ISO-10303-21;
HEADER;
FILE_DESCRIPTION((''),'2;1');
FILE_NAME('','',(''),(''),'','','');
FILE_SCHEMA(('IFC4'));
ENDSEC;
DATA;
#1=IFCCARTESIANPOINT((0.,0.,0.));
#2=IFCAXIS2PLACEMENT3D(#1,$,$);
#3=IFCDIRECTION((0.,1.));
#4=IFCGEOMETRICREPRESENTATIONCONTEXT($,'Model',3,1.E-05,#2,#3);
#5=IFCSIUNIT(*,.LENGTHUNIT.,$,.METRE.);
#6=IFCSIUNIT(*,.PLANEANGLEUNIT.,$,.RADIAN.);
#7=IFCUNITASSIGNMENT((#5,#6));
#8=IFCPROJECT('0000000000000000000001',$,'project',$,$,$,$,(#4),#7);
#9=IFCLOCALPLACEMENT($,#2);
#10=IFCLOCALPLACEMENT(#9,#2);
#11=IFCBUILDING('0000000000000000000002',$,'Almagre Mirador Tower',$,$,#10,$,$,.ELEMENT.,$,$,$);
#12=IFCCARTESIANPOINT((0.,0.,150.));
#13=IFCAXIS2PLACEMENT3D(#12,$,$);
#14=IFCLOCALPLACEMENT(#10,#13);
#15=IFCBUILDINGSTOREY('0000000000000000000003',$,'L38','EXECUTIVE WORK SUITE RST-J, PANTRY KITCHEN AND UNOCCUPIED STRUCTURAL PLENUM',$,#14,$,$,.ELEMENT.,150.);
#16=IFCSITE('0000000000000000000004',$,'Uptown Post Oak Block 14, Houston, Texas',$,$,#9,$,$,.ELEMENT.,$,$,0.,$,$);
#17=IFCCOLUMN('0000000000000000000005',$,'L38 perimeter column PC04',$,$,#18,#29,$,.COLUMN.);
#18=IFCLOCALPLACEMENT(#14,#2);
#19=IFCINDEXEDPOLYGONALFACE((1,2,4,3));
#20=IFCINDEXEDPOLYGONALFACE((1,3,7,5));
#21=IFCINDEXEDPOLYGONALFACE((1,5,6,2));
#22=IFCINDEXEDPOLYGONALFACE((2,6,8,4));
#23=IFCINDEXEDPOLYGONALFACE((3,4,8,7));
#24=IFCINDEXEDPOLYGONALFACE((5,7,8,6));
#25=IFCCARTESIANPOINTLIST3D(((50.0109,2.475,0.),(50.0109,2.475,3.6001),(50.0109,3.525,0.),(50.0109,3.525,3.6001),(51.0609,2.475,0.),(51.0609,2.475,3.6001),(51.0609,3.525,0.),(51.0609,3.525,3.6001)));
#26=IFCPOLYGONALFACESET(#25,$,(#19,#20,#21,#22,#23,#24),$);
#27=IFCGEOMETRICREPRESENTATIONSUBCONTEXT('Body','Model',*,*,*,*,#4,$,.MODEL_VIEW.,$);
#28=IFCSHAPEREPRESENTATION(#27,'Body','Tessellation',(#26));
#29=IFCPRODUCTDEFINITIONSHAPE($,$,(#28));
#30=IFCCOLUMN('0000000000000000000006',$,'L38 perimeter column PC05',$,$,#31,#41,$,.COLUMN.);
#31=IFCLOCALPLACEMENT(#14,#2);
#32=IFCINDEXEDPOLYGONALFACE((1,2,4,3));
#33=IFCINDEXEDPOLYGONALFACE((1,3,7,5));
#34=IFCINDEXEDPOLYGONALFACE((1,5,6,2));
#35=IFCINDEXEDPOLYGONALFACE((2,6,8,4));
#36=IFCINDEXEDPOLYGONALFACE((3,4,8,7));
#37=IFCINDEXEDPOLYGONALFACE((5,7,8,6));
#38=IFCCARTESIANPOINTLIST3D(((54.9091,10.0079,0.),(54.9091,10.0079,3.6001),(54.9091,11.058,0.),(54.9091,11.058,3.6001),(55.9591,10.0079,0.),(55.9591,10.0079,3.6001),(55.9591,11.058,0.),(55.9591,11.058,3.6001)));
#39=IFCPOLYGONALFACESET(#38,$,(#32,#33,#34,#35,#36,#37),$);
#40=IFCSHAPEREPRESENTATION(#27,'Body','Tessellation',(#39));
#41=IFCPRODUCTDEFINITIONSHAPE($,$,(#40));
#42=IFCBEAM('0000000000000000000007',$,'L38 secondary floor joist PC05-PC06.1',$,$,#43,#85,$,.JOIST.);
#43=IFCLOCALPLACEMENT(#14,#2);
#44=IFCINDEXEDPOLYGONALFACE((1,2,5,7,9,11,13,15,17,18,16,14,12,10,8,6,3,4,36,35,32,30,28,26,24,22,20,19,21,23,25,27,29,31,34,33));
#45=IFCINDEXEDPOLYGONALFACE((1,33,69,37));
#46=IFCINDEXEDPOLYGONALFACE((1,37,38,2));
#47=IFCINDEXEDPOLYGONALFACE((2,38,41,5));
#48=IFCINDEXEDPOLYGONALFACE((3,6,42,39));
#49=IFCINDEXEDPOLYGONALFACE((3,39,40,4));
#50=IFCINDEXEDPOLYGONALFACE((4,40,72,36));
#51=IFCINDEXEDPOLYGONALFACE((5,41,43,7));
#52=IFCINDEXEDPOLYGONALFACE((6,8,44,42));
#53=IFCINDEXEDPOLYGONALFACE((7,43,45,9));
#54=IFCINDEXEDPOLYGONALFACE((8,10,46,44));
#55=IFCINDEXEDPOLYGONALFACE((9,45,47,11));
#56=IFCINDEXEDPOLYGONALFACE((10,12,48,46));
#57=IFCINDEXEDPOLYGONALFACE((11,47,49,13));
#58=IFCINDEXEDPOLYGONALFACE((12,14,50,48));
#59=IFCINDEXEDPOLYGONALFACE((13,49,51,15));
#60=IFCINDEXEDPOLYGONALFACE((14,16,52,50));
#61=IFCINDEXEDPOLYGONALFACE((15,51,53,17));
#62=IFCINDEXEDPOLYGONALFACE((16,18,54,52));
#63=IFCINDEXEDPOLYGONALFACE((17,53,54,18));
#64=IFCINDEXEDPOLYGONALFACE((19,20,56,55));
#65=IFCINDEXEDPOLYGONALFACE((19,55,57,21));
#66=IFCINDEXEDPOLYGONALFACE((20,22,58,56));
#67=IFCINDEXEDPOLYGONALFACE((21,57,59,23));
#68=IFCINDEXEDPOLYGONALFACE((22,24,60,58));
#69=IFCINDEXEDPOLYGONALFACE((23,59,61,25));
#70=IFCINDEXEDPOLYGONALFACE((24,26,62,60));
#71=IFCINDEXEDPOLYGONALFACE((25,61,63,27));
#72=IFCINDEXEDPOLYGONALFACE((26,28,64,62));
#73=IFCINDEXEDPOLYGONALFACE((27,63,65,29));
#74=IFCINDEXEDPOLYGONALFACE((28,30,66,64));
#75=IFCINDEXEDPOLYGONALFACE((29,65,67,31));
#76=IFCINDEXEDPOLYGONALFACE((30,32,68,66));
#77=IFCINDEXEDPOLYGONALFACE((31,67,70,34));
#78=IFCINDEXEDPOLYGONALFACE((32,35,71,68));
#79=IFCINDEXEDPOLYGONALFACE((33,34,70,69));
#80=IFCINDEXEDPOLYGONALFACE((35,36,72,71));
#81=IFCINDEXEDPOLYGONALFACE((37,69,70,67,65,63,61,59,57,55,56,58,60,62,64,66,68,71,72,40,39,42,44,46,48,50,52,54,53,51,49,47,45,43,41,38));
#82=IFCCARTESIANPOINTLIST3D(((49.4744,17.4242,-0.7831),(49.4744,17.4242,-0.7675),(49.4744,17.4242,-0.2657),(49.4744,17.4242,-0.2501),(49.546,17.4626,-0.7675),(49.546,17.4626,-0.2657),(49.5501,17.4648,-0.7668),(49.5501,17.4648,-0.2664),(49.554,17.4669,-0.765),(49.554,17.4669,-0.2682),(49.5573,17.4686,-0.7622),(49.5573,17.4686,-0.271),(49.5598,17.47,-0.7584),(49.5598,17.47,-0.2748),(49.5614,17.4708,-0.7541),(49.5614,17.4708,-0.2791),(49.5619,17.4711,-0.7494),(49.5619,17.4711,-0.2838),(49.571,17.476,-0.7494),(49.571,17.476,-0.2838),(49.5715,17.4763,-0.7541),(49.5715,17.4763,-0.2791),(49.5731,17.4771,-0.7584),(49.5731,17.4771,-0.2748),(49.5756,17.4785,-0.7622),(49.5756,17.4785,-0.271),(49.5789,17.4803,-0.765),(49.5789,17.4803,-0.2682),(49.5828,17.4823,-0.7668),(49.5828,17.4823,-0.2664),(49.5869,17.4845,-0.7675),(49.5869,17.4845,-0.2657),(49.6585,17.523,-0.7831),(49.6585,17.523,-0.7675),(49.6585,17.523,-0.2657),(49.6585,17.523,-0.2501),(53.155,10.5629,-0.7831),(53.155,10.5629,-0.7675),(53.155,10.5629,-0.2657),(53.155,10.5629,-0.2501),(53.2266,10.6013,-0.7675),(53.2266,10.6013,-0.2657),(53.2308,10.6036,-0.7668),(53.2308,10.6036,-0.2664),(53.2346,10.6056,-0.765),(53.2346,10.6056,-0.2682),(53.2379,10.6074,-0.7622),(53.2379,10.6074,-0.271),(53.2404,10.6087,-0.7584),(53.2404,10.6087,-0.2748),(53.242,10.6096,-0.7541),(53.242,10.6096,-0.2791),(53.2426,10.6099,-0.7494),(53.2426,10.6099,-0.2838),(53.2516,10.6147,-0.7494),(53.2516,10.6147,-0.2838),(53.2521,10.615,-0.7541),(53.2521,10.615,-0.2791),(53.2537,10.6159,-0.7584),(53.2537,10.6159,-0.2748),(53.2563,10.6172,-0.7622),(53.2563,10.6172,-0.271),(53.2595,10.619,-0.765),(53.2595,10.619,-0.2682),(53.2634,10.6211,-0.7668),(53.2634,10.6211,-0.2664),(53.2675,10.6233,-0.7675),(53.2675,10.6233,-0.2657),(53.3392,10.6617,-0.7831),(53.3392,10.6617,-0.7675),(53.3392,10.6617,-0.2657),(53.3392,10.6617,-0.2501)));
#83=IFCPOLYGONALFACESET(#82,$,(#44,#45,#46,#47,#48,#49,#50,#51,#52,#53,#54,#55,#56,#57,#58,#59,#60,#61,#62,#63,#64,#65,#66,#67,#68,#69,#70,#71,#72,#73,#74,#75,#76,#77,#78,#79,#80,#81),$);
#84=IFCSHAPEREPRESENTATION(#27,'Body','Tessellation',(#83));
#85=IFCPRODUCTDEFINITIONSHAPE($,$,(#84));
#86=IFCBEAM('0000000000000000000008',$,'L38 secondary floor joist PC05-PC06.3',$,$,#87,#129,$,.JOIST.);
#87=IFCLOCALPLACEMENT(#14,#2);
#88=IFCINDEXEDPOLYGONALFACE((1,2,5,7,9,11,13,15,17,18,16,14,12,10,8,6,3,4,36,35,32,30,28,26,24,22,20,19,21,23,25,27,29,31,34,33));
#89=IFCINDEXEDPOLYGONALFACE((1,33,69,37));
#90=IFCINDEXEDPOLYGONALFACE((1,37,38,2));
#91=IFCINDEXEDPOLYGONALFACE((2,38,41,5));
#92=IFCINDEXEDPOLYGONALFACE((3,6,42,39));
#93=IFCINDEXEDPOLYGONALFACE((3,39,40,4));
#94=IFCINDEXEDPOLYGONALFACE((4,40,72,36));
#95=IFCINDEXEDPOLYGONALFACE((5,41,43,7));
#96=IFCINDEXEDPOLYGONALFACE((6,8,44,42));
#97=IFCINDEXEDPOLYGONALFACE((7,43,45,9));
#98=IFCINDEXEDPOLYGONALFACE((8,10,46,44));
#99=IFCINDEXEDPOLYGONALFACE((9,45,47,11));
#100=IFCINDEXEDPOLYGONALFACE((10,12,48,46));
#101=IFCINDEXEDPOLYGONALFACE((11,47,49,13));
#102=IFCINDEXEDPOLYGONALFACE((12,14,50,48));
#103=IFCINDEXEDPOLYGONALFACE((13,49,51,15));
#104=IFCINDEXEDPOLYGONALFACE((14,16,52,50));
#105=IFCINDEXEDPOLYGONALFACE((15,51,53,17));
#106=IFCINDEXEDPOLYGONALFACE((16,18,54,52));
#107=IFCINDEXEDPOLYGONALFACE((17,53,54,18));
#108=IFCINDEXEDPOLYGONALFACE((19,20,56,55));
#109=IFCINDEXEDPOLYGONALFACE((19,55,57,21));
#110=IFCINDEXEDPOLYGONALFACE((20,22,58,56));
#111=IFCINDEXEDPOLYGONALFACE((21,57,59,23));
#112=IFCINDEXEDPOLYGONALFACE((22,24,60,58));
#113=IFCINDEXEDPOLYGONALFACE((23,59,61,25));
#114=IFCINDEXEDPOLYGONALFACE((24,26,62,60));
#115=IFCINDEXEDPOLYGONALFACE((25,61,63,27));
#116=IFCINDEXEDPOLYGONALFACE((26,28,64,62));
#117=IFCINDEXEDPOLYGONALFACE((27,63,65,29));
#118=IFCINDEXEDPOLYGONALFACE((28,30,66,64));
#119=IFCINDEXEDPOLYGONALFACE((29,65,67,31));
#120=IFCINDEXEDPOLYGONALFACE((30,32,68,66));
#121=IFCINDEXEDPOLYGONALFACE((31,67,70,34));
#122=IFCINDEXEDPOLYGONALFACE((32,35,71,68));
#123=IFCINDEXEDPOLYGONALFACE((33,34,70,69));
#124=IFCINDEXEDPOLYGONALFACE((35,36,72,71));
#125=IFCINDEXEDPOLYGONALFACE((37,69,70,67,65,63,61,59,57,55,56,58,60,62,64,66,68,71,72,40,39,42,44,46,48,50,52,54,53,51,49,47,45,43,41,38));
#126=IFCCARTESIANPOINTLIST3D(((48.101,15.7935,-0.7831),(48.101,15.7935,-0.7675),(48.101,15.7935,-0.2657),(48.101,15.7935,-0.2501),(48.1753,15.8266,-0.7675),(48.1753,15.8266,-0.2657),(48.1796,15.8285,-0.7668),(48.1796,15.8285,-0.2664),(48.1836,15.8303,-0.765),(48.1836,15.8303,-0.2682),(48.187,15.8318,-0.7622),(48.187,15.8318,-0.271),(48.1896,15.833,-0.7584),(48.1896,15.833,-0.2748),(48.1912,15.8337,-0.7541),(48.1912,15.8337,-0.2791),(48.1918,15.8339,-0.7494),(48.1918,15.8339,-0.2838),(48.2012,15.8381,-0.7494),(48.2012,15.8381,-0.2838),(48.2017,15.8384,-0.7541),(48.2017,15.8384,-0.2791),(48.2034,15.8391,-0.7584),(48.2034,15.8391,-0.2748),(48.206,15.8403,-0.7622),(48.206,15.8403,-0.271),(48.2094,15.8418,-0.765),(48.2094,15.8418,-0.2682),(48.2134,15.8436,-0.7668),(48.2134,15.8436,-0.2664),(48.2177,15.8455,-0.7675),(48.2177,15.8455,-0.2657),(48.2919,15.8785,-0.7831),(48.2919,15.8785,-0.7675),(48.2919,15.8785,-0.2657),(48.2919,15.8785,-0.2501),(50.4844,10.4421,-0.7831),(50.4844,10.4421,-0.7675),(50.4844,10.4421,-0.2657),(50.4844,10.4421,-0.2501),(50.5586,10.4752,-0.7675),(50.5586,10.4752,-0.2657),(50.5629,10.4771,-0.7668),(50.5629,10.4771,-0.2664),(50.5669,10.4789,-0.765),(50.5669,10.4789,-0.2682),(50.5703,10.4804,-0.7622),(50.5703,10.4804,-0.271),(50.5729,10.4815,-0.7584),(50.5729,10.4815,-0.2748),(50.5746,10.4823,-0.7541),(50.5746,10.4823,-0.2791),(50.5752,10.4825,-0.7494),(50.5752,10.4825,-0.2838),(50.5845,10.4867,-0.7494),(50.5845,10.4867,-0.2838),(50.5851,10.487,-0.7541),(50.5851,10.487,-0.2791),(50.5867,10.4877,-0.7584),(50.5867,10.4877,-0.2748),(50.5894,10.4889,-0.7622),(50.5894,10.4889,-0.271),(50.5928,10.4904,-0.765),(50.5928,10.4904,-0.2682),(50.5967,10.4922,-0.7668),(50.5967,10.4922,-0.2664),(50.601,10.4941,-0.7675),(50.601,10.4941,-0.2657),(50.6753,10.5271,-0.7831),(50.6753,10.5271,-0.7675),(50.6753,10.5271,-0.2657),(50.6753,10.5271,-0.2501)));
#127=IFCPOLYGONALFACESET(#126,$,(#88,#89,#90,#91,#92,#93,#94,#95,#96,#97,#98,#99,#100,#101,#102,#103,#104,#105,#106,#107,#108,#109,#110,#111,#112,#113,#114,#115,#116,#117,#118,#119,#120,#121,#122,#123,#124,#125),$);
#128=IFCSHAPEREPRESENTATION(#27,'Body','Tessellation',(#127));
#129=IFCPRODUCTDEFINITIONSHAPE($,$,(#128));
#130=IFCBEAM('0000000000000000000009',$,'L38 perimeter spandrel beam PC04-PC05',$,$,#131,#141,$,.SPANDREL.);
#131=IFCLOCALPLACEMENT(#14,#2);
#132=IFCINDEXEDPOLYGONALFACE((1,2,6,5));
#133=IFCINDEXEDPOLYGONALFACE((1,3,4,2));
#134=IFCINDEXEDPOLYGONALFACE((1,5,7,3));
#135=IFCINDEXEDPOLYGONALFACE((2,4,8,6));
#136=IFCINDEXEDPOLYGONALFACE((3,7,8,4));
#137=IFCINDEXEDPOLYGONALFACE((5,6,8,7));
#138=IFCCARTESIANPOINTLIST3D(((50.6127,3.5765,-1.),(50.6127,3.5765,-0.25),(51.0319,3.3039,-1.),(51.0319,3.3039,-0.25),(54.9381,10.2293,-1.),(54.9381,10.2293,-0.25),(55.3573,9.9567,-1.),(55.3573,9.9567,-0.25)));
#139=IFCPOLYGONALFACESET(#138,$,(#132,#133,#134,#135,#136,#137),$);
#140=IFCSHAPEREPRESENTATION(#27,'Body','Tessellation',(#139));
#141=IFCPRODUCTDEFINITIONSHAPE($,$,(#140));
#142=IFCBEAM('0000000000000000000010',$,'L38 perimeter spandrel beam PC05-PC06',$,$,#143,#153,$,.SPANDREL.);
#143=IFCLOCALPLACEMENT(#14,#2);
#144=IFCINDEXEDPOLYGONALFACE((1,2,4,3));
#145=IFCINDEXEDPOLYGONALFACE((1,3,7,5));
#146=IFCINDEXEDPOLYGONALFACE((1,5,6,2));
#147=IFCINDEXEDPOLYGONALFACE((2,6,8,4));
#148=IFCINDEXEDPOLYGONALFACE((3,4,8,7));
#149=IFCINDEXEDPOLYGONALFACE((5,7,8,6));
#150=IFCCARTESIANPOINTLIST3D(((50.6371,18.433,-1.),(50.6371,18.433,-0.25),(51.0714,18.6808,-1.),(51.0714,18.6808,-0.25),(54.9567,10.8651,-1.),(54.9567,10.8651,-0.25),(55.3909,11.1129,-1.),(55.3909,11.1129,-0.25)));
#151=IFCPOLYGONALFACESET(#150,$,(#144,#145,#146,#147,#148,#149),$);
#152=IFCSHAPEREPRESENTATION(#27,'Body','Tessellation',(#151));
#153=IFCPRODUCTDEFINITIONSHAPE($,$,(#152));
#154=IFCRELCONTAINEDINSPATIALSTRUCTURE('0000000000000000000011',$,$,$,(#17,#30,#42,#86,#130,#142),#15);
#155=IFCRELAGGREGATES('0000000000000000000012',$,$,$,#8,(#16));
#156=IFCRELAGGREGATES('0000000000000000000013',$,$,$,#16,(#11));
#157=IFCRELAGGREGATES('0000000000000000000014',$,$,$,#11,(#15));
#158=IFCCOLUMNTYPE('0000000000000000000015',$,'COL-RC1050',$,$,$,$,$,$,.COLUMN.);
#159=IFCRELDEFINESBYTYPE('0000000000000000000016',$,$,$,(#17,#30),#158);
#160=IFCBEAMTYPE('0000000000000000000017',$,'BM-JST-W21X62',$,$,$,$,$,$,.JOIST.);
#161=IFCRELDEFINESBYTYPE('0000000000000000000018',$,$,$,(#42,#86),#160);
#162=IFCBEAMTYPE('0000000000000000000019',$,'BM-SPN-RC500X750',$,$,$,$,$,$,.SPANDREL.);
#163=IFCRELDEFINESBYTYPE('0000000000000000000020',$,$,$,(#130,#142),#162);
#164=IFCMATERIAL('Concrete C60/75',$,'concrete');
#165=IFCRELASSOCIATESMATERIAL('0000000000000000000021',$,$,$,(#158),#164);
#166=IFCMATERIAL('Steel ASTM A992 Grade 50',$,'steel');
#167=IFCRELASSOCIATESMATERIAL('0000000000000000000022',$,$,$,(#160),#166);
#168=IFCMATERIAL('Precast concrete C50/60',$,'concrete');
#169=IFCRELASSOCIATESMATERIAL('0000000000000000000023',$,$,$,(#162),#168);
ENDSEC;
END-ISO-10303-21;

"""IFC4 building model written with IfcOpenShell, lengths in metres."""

from ifc_helpers import new_model, si_unit, direction, frame, origin, origin_2d, place, context, subcontext, project, spatial, rectangle, i_section, extrude, material, material_profile, profile_set, type_object, element, save


model = new_model("IFC4")

# Units and contexts
model_context = context("Model", 3, precision=1e-05, world=origin(), true_north=direction((0.0, 1.0)))
body_context = subcontext(model_context, "Body", "Model", "MODEL_VIEW")
ifc_project = project(units=[si_unit("LENGTHUNIT", "METRE"), si_unit("PLANEANGLEUNIT", "RADIAN")], contexts=[model_context])

# Site, building, storey
site_placement = place(None, origin())
site = spatial("IfcSite", under=ifc_project, at=site_placement, Name="Uptown Post Oak Block 14, Houston, Texas", CompositionType="ELEMENT", RefElevation=0.0)
building_placement = place(site_placement, origin())
building = spatial("IfcBuilding", under=site, at=building_placement, Name="Almagre Mirador Tower", CompositionType="ELEMENT")
storey_placement = place(building_placement, frame((0.0, 0.0, 150.0)))
storey = spatial("IfcBuildingStorey", under=building, at=storey_placement, Name="L38", Description="EXECUTIVE WORK SUITE RST-J, PANTRY KITCHEN AND UNOCCUPIED STRUCTURAL PLENUM", CompositionType="ELEMENT", Elevation=150.0)

# Columns
ifc_material_1 = material(Name="Concrete C60/75", Category="concrete")
ifc_material_profile_1 = material_profile(ifc_material_1, rectangle(XDim=1.05, YDim=1.05, at=origin_2d()), Name="RC1050X1050")
ifc_profile_set_1 = profile_set([ifc_material_profile_1], Name="Concrete C60/75")
column_type = type_object("IfcColumnType", Name="COL-RC1050", PredefinedType="COLUMN", material=ifc_profile_set_1)
for number, where, z_axis, x_axis, name in (
    (1, (50.5359, 3.0, 0.0), (0.0, 0.0, 1.0), (1.0, 0.0, 0.0), "L38 perimeter column PC04"),
    (2, (55.4341, 10.533, 0.0), (0.0, 0.0, 1.0), (1.0, 0.0, 0.0), "L38 perimeter column PC05"),
):
    element("IfcColumn", number, at=place(storey_placement, frame(where, z_axis=z_axis, x_axis=x_axis)), inside=storey, type_object=column_type, Name=name, PredefinedType="COLUMN", context=body_context, shape_type="SweptSolid", body=[
        extrude(rectangle(XDim=1.05, YDim=1.05, at=origin_2d()), origin(), (0.0, 0.0, 1.0), 3.6001),
    ])

# Beams
ifc_material_2 = material(Name="Steel ASTM A992 Grade 50", Category="steel")
ifc_material_profile_2 = material_profile(ifc_material_2, i_section(OverallWidth=0.209, OverallDepth=0.533, WebThickness=0.0103, FlangeThickness=0.0156, FilletRadius=0.0181, at=origin_2d()), Name="W21X62")
ifc_profile_set_2 = profile_set([ifc_material_profile_2], Name="Steel ASTM A992 Grade 50")
beam_type_1 = type_object("IfcBeamType", Name="BM-JST-W21X62", PredefinedType="JOIST", material=ifc_profile_set_2)
beam_1_placement = place(storey_placement, frame((53.2471, 10.6123, -0.5166), z_axis=(-0.472716, 0.881215, 0.0), x_axis=(-0.881215, -0.472716, 0.0)))
element("IfcBeam", 3, at=beam_1_placement, inside=storey, type_object=beam_type_1, Name="L38 secondary floor joist PC05-PC06.1", PredefinedType="JOIST", context=body_context, shape_type="SweptSolid", body=[
    extrude(i_section(OverallWidth=0.209, OverallDepth=0.533, WebThickness=0.0103, FlangeThickness=0.0156, FilletRadius=0.0181, at=origin_2d()), origin(), (0.0, 0.0, 1.0), 7.7861),
])
beam_2_placement = place(storey_placement, frame((50.5798, 10.4846, -0.5166), z_axis=(-0.406842, 0.913498, 0.0), x_axis=(-0.913498, -0.406842, 0.0)))
element("IfcBeam", 4, at=beam_2_placement, inside=storey, type_object=beam_type_1, Name="L38 secondary floor joist PC05-PC06.3", PredefinedType="JOIST", context=body_context, shape_type="SweptSolid", body=[
    extrude(i_section(OverallWidth=0.209, OverallDepth=0.533, WebThickness=0.0103, FlangeThickness=0.0156, FilletRadius=0.0181, at=origin_2d()), origin(), (0.0, 0.0, 1.0), 5.8582),
])
ifc_material_3 = material(Name="Precast concrete C50/60", Category="concrete")
ifc_material_profile_3 = material_profile(ifc_material_3, rectangle(XDim=0.5, YDim=0.75, at=origin_2d()), Name="RC500X750")
ifc_profile_set_3 = profile_set([ifc_material_profile_3], Name="Precast concrete C50/60")
beam_type_2 = type_object("IfcBeamType", Name="BM-SPN-RC500X750", PredefinedType="SPANDREL", material=ifc_profile_set_3)
beam_3_placement = place(storey_placement, frame((50.8223, 3.4402, -0.625), z_axis=(0.545086, 0.83838, 0.0), x_axis=(-0.83838, 0.545086, 0.0)))
element("IfcBeam", 5, at=beam_3_placement, inside=storey, type_object=beam_type_2, Name="L38 perimeter spandrel beam PC04-PC05", PredefinedType="SPANDREL", context=body_context, shape_type="SweptSolid", body=[
    extrude(rectangle(XDim=0.5, YDim=0.75, at=origin_2d()), origin(), (0.0, 0.0, 1.0), 7.9353),
])
beam_4_placement = place(storey_placement, frame((55.1738, 10.989, -0.625), z_axis=(-0.495713, 0.868486, 0.0), x_axis=(-0.868486, -0.495713, 0.0)))
element("IfcBeam", 6, at=beam_4_placement, inside=storey, type_object=beam_type_2, Name="L38 perimeter spandrel beam PC05-PC06", PredefinedType="SPANDREL", context=body_context, shape_type="SweptSolid", body=[
    extrude(rectangle(XDim=0.5, YDim=0.75, at=origin_2d()), origin(), (0.0, 0.0, 1.0), 8.7139),
])

save(model, "model.ifc")
